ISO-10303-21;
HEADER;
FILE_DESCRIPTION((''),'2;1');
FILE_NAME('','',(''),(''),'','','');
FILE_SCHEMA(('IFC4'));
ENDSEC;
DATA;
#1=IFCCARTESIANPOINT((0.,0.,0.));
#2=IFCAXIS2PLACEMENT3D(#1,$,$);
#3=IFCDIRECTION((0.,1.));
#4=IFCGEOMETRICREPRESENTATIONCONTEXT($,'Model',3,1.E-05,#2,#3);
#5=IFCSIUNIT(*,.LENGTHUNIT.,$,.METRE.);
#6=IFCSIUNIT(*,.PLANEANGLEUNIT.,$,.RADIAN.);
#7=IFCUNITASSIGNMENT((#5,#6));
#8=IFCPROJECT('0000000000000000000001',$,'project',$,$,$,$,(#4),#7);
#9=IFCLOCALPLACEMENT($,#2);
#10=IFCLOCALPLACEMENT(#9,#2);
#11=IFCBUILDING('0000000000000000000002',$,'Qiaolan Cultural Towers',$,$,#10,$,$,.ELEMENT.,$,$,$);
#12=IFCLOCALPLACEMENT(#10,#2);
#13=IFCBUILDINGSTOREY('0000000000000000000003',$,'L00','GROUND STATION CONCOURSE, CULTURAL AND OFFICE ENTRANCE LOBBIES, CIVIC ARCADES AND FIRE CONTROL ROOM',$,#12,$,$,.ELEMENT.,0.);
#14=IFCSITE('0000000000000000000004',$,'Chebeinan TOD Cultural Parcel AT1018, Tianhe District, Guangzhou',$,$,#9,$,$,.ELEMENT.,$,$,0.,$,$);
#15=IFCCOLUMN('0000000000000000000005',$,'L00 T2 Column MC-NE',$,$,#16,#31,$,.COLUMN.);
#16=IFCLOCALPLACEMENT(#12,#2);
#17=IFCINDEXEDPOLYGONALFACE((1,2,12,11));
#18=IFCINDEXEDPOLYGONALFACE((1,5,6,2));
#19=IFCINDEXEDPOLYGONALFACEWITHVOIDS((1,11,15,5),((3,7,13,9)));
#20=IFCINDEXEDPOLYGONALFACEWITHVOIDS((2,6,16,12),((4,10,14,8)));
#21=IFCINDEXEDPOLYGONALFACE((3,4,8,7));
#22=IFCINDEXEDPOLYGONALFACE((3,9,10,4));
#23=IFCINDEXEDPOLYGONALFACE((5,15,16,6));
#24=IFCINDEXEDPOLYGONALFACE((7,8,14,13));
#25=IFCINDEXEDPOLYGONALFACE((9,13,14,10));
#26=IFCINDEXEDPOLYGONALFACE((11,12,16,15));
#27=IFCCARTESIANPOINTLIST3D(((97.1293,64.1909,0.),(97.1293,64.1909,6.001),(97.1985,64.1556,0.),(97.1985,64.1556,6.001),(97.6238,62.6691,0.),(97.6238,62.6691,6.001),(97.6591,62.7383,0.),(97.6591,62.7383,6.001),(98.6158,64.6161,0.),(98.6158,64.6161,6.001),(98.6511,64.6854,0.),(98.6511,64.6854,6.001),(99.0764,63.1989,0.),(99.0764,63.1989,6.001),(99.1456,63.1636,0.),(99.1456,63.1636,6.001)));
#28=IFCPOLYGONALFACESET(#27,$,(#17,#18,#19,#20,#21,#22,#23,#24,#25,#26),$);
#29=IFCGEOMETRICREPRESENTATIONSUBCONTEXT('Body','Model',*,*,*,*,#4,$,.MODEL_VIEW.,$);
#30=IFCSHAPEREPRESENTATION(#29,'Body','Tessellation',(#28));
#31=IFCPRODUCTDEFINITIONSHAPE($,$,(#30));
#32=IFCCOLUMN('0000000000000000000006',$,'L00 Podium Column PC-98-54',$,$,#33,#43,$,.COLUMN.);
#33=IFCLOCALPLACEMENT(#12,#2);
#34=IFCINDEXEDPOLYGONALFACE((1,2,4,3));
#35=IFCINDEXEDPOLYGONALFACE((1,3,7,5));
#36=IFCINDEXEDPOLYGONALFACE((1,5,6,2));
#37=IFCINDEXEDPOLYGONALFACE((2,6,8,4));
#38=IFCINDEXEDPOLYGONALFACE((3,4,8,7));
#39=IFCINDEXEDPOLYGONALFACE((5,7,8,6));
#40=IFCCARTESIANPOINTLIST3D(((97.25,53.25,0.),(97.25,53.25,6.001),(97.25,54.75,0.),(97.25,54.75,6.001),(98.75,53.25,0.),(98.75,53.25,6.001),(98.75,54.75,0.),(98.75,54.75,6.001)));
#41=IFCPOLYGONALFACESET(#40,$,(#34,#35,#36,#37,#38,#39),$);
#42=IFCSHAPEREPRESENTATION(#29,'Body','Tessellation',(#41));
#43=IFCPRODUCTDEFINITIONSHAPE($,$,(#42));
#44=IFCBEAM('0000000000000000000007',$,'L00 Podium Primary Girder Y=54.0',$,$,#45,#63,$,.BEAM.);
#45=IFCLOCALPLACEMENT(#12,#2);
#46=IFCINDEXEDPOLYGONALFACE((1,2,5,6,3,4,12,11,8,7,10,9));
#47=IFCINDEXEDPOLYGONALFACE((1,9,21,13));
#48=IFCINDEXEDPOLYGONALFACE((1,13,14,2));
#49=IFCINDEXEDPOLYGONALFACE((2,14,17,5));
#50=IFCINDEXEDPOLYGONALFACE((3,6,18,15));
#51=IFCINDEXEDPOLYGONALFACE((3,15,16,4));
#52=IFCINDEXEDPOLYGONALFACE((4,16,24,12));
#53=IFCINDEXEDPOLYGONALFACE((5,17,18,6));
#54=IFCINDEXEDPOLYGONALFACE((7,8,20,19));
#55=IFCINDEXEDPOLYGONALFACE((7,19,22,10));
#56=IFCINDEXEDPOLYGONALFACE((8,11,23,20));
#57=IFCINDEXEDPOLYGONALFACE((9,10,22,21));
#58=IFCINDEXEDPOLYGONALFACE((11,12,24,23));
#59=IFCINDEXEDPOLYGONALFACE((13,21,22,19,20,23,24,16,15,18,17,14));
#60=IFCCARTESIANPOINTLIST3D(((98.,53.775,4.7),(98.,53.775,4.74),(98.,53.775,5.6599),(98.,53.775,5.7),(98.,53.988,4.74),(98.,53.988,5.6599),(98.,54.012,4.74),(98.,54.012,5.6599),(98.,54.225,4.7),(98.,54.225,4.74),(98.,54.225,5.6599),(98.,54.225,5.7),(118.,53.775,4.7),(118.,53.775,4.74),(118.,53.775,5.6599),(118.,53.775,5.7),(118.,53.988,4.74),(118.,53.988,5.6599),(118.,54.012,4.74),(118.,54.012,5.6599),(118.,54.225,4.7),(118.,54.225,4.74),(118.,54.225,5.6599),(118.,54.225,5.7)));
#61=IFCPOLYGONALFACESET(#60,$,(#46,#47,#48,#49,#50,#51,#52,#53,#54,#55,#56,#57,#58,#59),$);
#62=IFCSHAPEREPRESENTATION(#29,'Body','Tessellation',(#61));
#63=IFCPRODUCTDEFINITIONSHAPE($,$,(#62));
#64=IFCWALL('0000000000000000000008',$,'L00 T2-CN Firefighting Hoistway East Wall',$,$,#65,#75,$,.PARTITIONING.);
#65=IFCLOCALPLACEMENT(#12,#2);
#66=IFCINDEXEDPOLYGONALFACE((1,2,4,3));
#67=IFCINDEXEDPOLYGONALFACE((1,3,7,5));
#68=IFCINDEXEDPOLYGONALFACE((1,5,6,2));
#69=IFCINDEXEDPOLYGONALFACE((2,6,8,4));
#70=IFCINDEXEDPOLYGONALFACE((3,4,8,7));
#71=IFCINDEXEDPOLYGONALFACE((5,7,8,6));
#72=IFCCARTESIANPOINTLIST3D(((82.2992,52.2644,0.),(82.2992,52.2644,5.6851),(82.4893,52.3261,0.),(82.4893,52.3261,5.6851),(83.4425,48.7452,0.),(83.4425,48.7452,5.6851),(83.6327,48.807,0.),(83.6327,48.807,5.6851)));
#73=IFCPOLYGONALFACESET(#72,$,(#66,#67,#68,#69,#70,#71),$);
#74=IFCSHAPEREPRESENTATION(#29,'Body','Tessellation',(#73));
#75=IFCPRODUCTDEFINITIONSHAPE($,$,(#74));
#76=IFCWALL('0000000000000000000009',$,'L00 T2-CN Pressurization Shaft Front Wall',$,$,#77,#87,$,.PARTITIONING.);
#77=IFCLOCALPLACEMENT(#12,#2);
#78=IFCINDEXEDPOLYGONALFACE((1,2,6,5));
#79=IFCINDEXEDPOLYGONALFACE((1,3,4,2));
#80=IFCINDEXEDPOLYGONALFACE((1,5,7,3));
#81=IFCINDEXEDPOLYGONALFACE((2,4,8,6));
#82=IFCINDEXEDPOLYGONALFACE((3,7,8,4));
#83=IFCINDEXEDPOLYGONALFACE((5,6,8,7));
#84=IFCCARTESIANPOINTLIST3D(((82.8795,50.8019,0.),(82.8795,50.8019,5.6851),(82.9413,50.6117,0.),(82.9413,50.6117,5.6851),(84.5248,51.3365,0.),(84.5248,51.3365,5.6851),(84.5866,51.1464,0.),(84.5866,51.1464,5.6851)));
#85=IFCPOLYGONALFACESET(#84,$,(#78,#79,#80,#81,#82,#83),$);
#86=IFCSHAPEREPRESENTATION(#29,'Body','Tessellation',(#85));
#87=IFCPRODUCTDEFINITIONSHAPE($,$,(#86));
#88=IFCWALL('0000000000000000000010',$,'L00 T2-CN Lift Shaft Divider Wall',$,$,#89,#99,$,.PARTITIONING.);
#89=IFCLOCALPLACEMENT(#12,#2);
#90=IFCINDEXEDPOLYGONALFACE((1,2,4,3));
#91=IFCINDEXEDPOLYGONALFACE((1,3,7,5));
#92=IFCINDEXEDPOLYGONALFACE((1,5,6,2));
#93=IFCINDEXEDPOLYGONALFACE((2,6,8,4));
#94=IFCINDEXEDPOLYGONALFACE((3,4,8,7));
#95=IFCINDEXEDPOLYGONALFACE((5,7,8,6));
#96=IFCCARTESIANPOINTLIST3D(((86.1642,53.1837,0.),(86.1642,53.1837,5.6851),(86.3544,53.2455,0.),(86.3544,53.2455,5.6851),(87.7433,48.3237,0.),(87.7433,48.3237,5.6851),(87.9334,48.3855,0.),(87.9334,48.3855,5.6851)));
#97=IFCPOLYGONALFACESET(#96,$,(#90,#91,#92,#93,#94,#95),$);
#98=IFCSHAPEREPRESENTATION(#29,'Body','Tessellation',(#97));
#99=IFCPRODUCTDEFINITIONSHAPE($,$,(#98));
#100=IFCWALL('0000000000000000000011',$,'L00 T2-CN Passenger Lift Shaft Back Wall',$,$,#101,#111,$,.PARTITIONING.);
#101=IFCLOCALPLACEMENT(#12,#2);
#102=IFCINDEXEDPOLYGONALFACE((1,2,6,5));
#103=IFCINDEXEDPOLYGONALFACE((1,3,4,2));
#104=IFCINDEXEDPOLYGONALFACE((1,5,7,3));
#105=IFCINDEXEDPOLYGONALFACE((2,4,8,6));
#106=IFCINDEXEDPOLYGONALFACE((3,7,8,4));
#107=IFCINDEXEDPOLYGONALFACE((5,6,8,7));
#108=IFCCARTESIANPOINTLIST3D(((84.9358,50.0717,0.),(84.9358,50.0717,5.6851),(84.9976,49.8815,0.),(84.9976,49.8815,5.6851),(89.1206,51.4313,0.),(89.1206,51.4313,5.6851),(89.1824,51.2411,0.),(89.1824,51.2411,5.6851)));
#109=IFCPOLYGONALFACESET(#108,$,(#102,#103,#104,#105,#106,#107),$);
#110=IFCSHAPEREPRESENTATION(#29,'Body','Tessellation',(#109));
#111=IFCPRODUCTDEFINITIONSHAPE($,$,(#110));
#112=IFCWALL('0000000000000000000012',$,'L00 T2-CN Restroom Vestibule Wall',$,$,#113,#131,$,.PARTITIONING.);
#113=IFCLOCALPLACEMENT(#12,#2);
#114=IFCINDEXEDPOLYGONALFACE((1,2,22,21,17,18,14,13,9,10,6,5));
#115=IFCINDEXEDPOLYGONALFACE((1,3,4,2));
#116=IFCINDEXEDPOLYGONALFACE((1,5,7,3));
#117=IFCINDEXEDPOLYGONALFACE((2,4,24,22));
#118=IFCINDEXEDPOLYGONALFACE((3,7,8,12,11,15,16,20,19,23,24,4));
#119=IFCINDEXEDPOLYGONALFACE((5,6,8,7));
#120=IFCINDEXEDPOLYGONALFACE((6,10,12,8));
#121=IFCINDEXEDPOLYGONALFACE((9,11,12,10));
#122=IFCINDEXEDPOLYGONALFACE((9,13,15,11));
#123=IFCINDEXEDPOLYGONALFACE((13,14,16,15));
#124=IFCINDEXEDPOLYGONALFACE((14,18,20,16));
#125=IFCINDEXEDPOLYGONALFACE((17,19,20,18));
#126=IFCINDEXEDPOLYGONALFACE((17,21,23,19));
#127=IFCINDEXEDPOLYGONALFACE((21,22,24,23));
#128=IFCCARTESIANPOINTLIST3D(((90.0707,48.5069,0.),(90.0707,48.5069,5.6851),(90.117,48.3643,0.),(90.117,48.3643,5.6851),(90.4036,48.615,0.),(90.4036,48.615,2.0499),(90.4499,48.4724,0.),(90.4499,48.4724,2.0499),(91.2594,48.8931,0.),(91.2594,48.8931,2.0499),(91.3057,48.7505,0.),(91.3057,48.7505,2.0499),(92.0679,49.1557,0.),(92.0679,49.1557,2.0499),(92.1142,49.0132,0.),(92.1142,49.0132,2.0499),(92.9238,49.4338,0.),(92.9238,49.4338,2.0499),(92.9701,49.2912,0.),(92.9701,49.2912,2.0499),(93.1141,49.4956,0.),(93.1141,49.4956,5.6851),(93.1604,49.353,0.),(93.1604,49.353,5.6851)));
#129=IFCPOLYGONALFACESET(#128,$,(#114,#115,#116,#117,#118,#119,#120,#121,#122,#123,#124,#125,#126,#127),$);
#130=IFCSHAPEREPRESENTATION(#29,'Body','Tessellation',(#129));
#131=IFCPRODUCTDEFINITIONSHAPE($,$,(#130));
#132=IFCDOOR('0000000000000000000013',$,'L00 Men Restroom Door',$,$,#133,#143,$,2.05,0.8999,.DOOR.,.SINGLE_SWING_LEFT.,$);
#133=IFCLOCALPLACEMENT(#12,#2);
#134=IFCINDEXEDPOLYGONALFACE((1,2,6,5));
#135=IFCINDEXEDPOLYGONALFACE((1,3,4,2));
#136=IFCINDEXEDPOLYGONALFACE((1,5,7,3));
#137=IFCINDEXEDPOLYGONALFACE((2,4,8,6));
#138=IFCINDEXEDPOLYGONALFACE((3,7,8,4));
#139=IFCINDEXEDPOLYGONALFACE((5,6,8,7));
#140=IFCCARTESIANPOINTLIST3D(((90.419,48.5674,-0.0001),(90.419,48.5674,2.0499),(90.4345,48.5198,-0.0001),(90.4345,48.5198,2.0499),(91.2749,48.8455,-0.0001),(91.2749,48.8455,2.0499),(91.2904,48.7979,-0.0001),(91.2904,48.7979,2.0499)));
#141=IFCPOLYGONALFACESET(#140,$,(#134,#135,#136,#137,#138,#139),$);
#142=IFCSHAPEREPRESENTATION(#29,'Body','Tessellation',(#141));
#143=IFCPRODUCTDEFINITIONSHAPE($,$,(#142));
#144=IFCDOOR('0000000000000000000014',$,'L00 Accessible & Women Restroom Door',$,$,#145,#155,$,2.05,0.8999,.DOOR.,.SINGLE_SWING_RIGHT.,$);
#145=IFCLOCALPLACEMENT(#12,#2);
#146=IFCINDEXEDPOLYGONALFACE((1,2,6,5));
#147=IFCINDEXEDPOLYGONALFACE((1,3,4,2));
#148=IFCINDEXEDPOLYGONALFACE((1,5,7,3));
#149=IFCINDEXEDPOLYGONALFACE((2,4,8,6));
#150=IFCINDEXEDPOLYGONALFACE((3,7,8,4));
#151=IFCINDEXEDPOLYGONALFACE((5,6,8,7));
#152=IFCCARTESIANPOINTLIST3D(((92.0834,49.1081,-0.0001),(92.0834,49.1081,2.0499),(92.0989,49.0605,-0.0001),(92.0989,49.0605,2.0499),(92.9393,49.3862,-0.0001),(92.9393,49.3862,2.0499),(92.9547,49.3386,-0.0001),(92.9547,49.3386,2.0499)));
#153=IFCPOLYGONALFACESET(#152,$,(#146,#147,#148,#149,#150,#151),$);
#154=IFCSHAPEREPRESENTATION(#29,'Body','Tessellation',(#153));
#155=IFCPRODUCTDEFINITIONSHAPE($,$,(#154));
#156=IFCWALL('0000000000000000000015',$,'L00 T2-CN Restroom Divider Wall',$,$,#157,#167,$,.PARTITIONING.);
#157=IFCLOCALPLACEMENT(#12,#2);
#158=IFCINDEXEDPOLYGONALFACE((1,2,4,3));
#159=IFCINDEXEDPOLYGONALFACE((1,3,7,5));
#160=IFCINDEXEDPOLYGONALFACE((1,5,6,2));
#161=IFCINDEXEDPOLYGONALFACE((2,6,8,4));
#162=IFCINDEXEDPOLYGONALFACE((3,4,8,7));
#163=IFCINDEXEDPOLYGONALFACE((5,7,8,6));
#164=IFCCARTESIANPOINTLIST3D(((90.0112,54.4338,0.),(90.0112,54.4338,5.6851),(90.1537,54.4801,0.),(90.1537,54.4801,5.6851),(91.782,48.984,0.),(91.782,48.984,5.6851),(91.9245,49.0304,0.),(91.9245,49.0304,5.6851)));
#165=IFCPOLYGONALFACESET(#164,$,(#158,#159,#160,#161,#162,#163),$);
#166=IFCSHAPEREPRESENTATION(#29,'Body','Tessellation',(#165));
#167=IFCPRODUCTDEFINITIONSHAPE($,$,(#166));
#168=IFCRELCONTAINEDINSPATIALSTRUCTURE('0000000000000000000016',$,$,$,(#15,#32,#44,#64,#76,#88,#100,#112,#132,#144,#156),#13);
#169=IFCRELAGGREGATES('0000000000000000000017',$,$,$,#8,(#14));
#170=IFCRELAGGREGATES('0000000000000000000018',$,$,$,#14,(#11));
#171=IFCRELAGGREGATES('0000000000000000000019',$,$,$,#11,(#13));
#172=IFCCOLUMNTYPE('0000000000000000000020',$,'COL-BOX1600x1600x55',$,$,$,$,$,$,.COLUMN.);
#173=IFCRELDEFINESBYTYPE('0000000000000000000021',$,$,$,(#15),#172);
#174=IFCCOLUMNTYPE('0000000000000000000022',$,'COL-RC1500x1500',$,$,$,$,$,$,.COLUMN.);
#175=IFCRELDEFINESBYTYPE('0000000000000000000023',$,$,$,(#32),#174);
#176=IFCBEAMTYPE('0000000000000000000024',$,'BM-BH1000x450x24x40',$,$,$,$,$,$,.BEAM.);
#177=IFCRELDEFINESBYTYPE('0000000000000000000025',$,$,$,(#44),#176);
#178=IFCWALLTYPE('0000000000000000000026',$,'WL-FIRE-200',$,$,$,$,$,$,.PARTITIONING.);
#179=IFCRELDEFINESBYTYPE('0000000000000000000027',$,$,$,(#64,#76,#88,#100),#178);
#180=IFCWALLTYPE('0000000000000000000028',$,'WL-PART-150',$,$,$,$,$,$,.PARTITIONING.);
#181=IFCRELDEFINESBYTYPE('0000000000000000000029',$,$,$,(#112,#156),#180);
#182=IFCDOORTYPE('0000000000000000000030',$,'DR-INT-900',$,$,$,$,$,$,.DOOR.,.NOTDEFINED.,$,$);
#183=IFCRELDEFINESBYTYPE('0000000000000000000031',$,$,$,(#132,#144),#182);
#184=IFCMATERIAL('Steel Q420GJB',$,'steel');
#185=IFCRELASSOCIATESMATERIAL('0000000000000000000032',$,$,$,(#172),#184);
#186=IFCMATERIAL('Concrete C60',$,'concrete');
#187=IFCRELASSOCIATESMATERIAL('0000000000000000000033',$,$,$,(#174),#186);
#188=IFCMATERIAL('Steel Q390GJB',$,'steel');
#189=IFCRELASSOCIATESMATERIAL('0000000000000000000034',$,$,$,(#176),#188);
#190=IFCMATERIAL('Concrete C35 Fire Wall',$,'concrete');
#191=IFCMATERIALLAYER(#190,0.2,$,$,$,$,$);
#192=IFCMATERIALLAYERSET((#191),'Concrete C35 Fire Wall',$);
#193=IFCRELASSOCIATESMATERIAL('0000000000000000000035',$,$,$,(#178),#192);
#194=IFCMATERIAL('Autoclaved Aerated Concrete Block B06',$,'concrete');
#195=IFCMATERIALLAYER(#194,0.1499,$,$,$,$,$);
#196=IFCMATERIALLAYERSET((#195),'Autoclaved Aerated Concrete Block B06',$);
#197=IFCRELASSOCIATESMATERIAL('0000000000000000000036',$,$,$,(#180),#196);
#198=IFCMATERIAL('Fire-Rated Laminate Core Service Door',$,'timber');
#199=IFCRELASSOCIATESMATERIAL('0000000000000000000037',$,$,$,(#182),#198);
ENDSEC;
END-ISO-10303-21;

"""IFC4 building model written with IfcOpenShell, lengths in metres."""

from ifc_helpers import new_model, si_unit, direction, frame, frame_2d, origin, origin_2d, place, context, subcontext, project, spatial, rectangle, hollow_rectangle, i_section, extrude, material, layer, layer_set, material_profile, profile_set, type_object, element, fill, save


model = new_model("IFC4")

# Units and contexts
model_context = context("Model", 3, precision=1e-05, world=origin(), true_north=direction((0.0, 1.0)))
body_context = subcontext(model_context, "Body", "Model", "MODEL_VIEW")
ifc_project = project(units=[si_unit("LENGTHUNIT", "METRE"), si_unit("PLANEANGLEUNIT", "RADIAN")], contexts=[model_context])

# Site, building, storey
site_placement = place(None, origin())
site = spatial("IfcSite", under=ifc_project, at=site_placement, Name="Chebeinan TOD Cultural Parcel AT1018, Tianhe District, Guangzhou", CompositionType="ELEMENT", RefElevation=0.0)
building_placement = place(site_placement, origin())
building = spatial("IfcBuilding", under=site, at=building_placement, Name="Qiaolan Cultural Towers", CompositionType="ELEMENT")
storey_placement = place(building_placement, origin())
storey = spatial("IfcBuildingStorey", under=building, at=storey_placement, Name="L00", Description="GROUND STATION CONCOURSE, CULTURAL AND OFFICE ENTRANCE LOBBIES, CIVIC ARCADES AND FIRE CONTROL ROOM", CompositionType="ELEMENT", Elevation=0.0)

# Columns
ifc_material_1 = material(Name="Steel Q420GJB", Category="steel")
ifc_material_profile_1 = material_profile(ifc_material_1, hollow_rectangle(XDim=1.6001, YDim=1.6001, WallThickness=0.0549, at=origin_2d()), Name="BOX1600x1600x55")
ifc_profile_set_1 = profile_set([ifc_material_profile_1], Name="Steel Q420GJB")
column_type_1 = type_object("IfcColumnType", Name="COL-BOX1600x1600x55", PredefinedType="COLUMN", material=ifc_profile_set_1)
column_1_placement = place(storey_placement, frame((98.1375, 63.6772, 0.0), z_axis=(0.0, 0.0, 1.0), x_axis=(0.951057, 0.309017, 0.0)))
element("IfcColumn", 1, at=column_1_placement, inside=storey, type_object=column_type_1, Name="L00 T2 Column MC-NE", PredefinedType="COLUMN", context=body_context, shape_type="SweptSolid", body=[
    extrude(hollow_rectangle(XDim=1.6001, YDim=1.6001, WallThickness=0.0549, at=origin_2d()), origin(), (0.0, 0.0, 1.0), 6.001),
])
ifc_material_2 = material(Name="Concrete C60", Category="concrete")
ifc_material_profile_2 = material_profile(ifc_material_2, rectangle(XDim=1.5, YDim=1.5, at=origin_2d()), Name="RC1500x1500")
ifc_profile_set_2 = profile_set([ifc_material_profile_2], Name="Concrete C60")
column_type_2 = type_object("IfcColumnType", Name="COL-RC1500x1500", PredefinedType="COLUMN", material=ifc_profile_set_2)
column_2_placement = place(storey_placement, frame((98.0, 54.0, 0.0), z_axis=(0.0, 0.0, 1.0), x_axis=(1.0, 0.0, 0.0)))
element("IfcColumn", 2, at=column_2_placement, inside=storey, type_object=column_type_2, Name="L00 Podium Column PC-98-54", PredefinedType="COLUMN", context=body_context, shape_type="SweptSolid", body=[
    extrude(rectangle(XDim=1.5, YDim=1.5, at=origin_2d()), origin(), (0.0, 0.0, 1.0), 6.001),
])

# Beam
ifc_material_3 = material(Name="Steel Q390GJB", Category="steel")
ifc_material_profile_3 = material_profile(ifc_material_3, i_section(OverallWidth=0.45, OverallDepth=1.0, WebThickness=0.0239, FlangeThickness=0.04, at=origin_2d()), Name="BH1000x450x24x40")
ifc_profile_set_3 = profile_set([ifc_material_profile_3], Name="Steel Q390GJB")
beam_type = type_object("IfcBeamType", Name="BM-BH1000x450x24x40", PredefinedType="BEAM", material=ifc_profile_set_3)
beam_placement = place(storey_placement, frame((98.0, 54.0, 5.2), z_axis=(1.0, 0.0, 0.0), x_axis=(0.0, 1.0, 0.0)))
element("IfcBeam", 3, at=beam_placement, inside=storey, type_object=beam_type, Name="L00 Podium Primary Girder Y=54.0", PredefinedType="BEAM", context=body_context, shape_type="SweptSolid", body=[
    extrude(i_section(OverallWidth=0.45, OverallDepth=1.0, WebThickness=0.0239, FlangeThickness=0.04, at=origin_2d()), origin(), (0.0, 0.0, 1.0), 20.0),
])

# Walls
ifc_material_4 = material(Name="Concrete C35 Fire Wall", Category="concrete")
ifc_layer_1 = layer(ifc_material_4, 0.2)
ifc_layer_set_1 = layer_set([ifc_layer_1], Name="Concrete C35 Fire Wall")
wall_type_1 = type_object("IfcWallType", Name="WL-FIRE-200", PredefinedType="PARTITIONING", material=ifc_layer_set_1)
wall_1_placement = place(storey_placement, frame((83.5376, 48.7761, 0.0), z_axis=(0.0, 0.0, 1.0), x_axis=(-0.308994, 0.951064, 0.0)))
element("IfcWall", 4, at=wall_1_placement, inside=storey, type_object=wall_type_1, Name="L00 T2-CN Firefighting Hoistway East Wall", PredefinedType="PARTITIONING", context=body_context, shape_type="SweptSolid", body=[
    extrude(rectangle(XDim=3.7002, YDim=0.2, at=frame_2d((1.8501, 0.0))), origin(), (0.0, 0.0, 1.0), 5.6851),
])
wall_2_placement = place(storey_placement, frame((82.9104, 50.7068, 0.0), z_axis=(0.0, 0.0, 1.0), x_axis=(0.951041, 0.309064, 0.0)))
element("IfcWall", 5, at=wall_2_placement, inside=storey, type_object=wall_type_1, Name="L00 T2-CN Pressurization Shaft Front Wall", PredefinedType="PARTITIONING", context=body_context, shape_type="SweptSolid", body=[
    extrude(rectangle(XDim=1.73, YDim=0.2, at=frame_2d((0.865, 0.0))), origin(), (0.0, 0.0, 1.0), 5.6851),
])
wall_3_placement = place(storey_placement, frame((87.8384, 48.3545, 0.0), z_axis=(0.0, 0.0, 1.0), x_axis=(-0.309009, 0.951059, 0.0)))
element("IfcWall", 6, at=wall_3_placement, inside=storey, type_object=wall_type_1, Name="L00 T2-CN Lift Shaft Divider Wall", PredefinedType="PARTITIONING", context=body_context, shape_type="SweptSolid", body=[
    extrude(rectangle(XDim=5.1101, YDim=0.2, at=frame_2d((2.5552, 0.0))), origin(), (0.0, 0.0, 1.0), 5.6851),
])
wall_4_placement = place(storey_placement, frame((84.9666, 49.9766, 0.0), z_axis=(0.0, 0.0, 1.0), x_axis=(0.951064, 0.308994, 0.0)))
element("IfcWall", 7, at=wall_4_placement, inside=storey, type_object=wall_type_1, Name="L00 T2-CN Passenger Lift Shaft Back Wall", PredefinedType="PARTITIONING", context=body_context, shape_type="SweptSolid", body=[
    extrude(rectangle(XDim=4.4001, YDim=0.2, at=frame_2d((2.2002, 0.0))), origin(), (0.0, 0.0, 1.0), 5.6851),
])

# Wall, openings, doors
ifc_material_5 = material(Name="Autoclaved Aerated Concrete Block B06", Category="concrete")
ifc_layer_2 = layer(ifc_material_5, 0.1499)
ifc_layer_set_2 = layer_set([ifc_layer_2], Name="Autoclaved Aerated Concrete Block B06")
wall_type_2 = type_object("IfcWallType", Name="WL-PART-150", PredefinedType="PARTITIONING", material=ifc_layer_set_2)
wall_5_placement = place(storey_placement, frame((90.0938, 48.4355, 0.0), z_axis=(0.0, 0.0, 1.0), x_axis=(0.951067, 0.308986, 0.0)))
wall_5 = element("IfcWall", 8, at=wall_5_placement, inside=storey, type_object=wall_type_2, Name="L00 T2-CN Restroom Vestibule Wall", PredefinedType="PARTITIONING", context=body_context, shape_type="SweptSolid", body=[
    extrude(rectangle(XDim=3.2, YDim=0.1499, at=frame_2d((1.6001, 0.0))), origin(), (0.0, 0.0, 1.0), 5.6851),
])
opening_1_placement = place(wall_5_placement, frame((0.3501, 0.0, 0.0)))
opening_1 = element("IfcOpeningElement", 9, at=opening_1_placement, cuts=wall_5, PredefinedType="OPENING", context=body_context, shape_type="SweptSolid", body=[
    extrude(rectangle(XDim=0.8999, YDim=2.05, at=frame_2d((0.45, 1.0249))), frame((0.0, 0.085, 0.0), z_axis=(0.0, -1.0, 0.0), x_axis=(1.0, 0.0, 0.0)), (0.0, 0.0, 1.0), 0.1699),
])
opening_2_placement = place(wall_5_placement, frame((2.1001, 0.0, 0.0)))
opening_2 = element("IfcOpeningElement", 10, at=opening_2_placement, cuts=wall_5, PredefinedType="OPENING", context=body_context, shape_type="SweptSolid", body=[
    extrude(rectangle(XDim=0.8999, YDim=2.05, at=frame_2d((0.45, 1.0249))), frame((0.0, 0.085, 0.0), z_axis=(0.0, -1.0, 0.0), x_axis=(1.0, 0.0, 0.0)), (0.0, 0.0, 1.0), 0.1699),
])
ifc_material_6 = material(Name="Fire-Rated Laminate Core Service Door", Category="timber")
door_type = type_object("IfcDoorType", Name="DR-INT-900", OperationType="NOTDEFINED", PredefinedType="DOOR", material=ifc_material_6)
door_1_placement = place(opening_1_placement, origin())
door_1 = element("IfcDoor", 11, at=door_1_placement, inside=storey, type_object=door_type, Name="L00 Men Restroom Door", OperationType="SINGLE_SWING_LEFT", OverallHeight=2.05, OverallWidth=0.8999, PredefinedType="DOOR", context=body_context, shape_type="SweptSolid", body=[
    extrude(rectangle(XDim=0.8999, YDim=2.05, at=frame_2d((0.45, 1.0249))), frame((0.0, 0.0249, 0.0), z_axis=(0.0, -1.0, 0.0), x_axis=(1.0, 0.0, 0.0)), (0.0, 0.0, 1.0), 0.05),
])
fill(opening_1, door_1)
door_2_placement = place(opening_2_placement, origin())
door_2 = element("IfcDoor", 12, at=door_2_placement, inside=storey, type_object=door_type, Name="L00 Accessible & Women Restroom Door", OperationType="SINGLE_SWING_RIGHT", OverallHeight=2.05, OverallWidth=0.8999, PredefinedType="DOOR", context=body_context, shape_type="SweptSolid", body=[
    extrude(rectangle(XDim=0.8999, YDim=2.05, at=frame_2d((0.45, 1.0249))), frame((0.0, 0.0249, 0.0), z_axis=(0.0, -1.0, 0.0), x_axis=(1.0, 0.0, 0.0)), (0.0, 0.0, 1.0), 0.05),
])
fill(opening_2, door_2)

# Wall
wall_6_placement = place(storey_placement, frame((91.8533, 49.0071, 0.0), z_axis=(0.0, 0.0, 1.0), x_axis=(-0.309022, 0.951055, 0.0)))
element("IfcWall", 13, at=wall_6_placement, inside=storey, type_object=wall_type_2, Name="L00 T2-CN Restroom Divider Wall", PredefinedType="PARTITIONING", context=body_context, shape_type="SweptSolid", body=[
    extrude(rectangle(XDim=5.7302, YDim=0.1499, at=frame_2d((2.8652, 0.0))), origin(), (0.0, 0.0, 1.0), 5.6851),
])

save(model, "model.ifc")
